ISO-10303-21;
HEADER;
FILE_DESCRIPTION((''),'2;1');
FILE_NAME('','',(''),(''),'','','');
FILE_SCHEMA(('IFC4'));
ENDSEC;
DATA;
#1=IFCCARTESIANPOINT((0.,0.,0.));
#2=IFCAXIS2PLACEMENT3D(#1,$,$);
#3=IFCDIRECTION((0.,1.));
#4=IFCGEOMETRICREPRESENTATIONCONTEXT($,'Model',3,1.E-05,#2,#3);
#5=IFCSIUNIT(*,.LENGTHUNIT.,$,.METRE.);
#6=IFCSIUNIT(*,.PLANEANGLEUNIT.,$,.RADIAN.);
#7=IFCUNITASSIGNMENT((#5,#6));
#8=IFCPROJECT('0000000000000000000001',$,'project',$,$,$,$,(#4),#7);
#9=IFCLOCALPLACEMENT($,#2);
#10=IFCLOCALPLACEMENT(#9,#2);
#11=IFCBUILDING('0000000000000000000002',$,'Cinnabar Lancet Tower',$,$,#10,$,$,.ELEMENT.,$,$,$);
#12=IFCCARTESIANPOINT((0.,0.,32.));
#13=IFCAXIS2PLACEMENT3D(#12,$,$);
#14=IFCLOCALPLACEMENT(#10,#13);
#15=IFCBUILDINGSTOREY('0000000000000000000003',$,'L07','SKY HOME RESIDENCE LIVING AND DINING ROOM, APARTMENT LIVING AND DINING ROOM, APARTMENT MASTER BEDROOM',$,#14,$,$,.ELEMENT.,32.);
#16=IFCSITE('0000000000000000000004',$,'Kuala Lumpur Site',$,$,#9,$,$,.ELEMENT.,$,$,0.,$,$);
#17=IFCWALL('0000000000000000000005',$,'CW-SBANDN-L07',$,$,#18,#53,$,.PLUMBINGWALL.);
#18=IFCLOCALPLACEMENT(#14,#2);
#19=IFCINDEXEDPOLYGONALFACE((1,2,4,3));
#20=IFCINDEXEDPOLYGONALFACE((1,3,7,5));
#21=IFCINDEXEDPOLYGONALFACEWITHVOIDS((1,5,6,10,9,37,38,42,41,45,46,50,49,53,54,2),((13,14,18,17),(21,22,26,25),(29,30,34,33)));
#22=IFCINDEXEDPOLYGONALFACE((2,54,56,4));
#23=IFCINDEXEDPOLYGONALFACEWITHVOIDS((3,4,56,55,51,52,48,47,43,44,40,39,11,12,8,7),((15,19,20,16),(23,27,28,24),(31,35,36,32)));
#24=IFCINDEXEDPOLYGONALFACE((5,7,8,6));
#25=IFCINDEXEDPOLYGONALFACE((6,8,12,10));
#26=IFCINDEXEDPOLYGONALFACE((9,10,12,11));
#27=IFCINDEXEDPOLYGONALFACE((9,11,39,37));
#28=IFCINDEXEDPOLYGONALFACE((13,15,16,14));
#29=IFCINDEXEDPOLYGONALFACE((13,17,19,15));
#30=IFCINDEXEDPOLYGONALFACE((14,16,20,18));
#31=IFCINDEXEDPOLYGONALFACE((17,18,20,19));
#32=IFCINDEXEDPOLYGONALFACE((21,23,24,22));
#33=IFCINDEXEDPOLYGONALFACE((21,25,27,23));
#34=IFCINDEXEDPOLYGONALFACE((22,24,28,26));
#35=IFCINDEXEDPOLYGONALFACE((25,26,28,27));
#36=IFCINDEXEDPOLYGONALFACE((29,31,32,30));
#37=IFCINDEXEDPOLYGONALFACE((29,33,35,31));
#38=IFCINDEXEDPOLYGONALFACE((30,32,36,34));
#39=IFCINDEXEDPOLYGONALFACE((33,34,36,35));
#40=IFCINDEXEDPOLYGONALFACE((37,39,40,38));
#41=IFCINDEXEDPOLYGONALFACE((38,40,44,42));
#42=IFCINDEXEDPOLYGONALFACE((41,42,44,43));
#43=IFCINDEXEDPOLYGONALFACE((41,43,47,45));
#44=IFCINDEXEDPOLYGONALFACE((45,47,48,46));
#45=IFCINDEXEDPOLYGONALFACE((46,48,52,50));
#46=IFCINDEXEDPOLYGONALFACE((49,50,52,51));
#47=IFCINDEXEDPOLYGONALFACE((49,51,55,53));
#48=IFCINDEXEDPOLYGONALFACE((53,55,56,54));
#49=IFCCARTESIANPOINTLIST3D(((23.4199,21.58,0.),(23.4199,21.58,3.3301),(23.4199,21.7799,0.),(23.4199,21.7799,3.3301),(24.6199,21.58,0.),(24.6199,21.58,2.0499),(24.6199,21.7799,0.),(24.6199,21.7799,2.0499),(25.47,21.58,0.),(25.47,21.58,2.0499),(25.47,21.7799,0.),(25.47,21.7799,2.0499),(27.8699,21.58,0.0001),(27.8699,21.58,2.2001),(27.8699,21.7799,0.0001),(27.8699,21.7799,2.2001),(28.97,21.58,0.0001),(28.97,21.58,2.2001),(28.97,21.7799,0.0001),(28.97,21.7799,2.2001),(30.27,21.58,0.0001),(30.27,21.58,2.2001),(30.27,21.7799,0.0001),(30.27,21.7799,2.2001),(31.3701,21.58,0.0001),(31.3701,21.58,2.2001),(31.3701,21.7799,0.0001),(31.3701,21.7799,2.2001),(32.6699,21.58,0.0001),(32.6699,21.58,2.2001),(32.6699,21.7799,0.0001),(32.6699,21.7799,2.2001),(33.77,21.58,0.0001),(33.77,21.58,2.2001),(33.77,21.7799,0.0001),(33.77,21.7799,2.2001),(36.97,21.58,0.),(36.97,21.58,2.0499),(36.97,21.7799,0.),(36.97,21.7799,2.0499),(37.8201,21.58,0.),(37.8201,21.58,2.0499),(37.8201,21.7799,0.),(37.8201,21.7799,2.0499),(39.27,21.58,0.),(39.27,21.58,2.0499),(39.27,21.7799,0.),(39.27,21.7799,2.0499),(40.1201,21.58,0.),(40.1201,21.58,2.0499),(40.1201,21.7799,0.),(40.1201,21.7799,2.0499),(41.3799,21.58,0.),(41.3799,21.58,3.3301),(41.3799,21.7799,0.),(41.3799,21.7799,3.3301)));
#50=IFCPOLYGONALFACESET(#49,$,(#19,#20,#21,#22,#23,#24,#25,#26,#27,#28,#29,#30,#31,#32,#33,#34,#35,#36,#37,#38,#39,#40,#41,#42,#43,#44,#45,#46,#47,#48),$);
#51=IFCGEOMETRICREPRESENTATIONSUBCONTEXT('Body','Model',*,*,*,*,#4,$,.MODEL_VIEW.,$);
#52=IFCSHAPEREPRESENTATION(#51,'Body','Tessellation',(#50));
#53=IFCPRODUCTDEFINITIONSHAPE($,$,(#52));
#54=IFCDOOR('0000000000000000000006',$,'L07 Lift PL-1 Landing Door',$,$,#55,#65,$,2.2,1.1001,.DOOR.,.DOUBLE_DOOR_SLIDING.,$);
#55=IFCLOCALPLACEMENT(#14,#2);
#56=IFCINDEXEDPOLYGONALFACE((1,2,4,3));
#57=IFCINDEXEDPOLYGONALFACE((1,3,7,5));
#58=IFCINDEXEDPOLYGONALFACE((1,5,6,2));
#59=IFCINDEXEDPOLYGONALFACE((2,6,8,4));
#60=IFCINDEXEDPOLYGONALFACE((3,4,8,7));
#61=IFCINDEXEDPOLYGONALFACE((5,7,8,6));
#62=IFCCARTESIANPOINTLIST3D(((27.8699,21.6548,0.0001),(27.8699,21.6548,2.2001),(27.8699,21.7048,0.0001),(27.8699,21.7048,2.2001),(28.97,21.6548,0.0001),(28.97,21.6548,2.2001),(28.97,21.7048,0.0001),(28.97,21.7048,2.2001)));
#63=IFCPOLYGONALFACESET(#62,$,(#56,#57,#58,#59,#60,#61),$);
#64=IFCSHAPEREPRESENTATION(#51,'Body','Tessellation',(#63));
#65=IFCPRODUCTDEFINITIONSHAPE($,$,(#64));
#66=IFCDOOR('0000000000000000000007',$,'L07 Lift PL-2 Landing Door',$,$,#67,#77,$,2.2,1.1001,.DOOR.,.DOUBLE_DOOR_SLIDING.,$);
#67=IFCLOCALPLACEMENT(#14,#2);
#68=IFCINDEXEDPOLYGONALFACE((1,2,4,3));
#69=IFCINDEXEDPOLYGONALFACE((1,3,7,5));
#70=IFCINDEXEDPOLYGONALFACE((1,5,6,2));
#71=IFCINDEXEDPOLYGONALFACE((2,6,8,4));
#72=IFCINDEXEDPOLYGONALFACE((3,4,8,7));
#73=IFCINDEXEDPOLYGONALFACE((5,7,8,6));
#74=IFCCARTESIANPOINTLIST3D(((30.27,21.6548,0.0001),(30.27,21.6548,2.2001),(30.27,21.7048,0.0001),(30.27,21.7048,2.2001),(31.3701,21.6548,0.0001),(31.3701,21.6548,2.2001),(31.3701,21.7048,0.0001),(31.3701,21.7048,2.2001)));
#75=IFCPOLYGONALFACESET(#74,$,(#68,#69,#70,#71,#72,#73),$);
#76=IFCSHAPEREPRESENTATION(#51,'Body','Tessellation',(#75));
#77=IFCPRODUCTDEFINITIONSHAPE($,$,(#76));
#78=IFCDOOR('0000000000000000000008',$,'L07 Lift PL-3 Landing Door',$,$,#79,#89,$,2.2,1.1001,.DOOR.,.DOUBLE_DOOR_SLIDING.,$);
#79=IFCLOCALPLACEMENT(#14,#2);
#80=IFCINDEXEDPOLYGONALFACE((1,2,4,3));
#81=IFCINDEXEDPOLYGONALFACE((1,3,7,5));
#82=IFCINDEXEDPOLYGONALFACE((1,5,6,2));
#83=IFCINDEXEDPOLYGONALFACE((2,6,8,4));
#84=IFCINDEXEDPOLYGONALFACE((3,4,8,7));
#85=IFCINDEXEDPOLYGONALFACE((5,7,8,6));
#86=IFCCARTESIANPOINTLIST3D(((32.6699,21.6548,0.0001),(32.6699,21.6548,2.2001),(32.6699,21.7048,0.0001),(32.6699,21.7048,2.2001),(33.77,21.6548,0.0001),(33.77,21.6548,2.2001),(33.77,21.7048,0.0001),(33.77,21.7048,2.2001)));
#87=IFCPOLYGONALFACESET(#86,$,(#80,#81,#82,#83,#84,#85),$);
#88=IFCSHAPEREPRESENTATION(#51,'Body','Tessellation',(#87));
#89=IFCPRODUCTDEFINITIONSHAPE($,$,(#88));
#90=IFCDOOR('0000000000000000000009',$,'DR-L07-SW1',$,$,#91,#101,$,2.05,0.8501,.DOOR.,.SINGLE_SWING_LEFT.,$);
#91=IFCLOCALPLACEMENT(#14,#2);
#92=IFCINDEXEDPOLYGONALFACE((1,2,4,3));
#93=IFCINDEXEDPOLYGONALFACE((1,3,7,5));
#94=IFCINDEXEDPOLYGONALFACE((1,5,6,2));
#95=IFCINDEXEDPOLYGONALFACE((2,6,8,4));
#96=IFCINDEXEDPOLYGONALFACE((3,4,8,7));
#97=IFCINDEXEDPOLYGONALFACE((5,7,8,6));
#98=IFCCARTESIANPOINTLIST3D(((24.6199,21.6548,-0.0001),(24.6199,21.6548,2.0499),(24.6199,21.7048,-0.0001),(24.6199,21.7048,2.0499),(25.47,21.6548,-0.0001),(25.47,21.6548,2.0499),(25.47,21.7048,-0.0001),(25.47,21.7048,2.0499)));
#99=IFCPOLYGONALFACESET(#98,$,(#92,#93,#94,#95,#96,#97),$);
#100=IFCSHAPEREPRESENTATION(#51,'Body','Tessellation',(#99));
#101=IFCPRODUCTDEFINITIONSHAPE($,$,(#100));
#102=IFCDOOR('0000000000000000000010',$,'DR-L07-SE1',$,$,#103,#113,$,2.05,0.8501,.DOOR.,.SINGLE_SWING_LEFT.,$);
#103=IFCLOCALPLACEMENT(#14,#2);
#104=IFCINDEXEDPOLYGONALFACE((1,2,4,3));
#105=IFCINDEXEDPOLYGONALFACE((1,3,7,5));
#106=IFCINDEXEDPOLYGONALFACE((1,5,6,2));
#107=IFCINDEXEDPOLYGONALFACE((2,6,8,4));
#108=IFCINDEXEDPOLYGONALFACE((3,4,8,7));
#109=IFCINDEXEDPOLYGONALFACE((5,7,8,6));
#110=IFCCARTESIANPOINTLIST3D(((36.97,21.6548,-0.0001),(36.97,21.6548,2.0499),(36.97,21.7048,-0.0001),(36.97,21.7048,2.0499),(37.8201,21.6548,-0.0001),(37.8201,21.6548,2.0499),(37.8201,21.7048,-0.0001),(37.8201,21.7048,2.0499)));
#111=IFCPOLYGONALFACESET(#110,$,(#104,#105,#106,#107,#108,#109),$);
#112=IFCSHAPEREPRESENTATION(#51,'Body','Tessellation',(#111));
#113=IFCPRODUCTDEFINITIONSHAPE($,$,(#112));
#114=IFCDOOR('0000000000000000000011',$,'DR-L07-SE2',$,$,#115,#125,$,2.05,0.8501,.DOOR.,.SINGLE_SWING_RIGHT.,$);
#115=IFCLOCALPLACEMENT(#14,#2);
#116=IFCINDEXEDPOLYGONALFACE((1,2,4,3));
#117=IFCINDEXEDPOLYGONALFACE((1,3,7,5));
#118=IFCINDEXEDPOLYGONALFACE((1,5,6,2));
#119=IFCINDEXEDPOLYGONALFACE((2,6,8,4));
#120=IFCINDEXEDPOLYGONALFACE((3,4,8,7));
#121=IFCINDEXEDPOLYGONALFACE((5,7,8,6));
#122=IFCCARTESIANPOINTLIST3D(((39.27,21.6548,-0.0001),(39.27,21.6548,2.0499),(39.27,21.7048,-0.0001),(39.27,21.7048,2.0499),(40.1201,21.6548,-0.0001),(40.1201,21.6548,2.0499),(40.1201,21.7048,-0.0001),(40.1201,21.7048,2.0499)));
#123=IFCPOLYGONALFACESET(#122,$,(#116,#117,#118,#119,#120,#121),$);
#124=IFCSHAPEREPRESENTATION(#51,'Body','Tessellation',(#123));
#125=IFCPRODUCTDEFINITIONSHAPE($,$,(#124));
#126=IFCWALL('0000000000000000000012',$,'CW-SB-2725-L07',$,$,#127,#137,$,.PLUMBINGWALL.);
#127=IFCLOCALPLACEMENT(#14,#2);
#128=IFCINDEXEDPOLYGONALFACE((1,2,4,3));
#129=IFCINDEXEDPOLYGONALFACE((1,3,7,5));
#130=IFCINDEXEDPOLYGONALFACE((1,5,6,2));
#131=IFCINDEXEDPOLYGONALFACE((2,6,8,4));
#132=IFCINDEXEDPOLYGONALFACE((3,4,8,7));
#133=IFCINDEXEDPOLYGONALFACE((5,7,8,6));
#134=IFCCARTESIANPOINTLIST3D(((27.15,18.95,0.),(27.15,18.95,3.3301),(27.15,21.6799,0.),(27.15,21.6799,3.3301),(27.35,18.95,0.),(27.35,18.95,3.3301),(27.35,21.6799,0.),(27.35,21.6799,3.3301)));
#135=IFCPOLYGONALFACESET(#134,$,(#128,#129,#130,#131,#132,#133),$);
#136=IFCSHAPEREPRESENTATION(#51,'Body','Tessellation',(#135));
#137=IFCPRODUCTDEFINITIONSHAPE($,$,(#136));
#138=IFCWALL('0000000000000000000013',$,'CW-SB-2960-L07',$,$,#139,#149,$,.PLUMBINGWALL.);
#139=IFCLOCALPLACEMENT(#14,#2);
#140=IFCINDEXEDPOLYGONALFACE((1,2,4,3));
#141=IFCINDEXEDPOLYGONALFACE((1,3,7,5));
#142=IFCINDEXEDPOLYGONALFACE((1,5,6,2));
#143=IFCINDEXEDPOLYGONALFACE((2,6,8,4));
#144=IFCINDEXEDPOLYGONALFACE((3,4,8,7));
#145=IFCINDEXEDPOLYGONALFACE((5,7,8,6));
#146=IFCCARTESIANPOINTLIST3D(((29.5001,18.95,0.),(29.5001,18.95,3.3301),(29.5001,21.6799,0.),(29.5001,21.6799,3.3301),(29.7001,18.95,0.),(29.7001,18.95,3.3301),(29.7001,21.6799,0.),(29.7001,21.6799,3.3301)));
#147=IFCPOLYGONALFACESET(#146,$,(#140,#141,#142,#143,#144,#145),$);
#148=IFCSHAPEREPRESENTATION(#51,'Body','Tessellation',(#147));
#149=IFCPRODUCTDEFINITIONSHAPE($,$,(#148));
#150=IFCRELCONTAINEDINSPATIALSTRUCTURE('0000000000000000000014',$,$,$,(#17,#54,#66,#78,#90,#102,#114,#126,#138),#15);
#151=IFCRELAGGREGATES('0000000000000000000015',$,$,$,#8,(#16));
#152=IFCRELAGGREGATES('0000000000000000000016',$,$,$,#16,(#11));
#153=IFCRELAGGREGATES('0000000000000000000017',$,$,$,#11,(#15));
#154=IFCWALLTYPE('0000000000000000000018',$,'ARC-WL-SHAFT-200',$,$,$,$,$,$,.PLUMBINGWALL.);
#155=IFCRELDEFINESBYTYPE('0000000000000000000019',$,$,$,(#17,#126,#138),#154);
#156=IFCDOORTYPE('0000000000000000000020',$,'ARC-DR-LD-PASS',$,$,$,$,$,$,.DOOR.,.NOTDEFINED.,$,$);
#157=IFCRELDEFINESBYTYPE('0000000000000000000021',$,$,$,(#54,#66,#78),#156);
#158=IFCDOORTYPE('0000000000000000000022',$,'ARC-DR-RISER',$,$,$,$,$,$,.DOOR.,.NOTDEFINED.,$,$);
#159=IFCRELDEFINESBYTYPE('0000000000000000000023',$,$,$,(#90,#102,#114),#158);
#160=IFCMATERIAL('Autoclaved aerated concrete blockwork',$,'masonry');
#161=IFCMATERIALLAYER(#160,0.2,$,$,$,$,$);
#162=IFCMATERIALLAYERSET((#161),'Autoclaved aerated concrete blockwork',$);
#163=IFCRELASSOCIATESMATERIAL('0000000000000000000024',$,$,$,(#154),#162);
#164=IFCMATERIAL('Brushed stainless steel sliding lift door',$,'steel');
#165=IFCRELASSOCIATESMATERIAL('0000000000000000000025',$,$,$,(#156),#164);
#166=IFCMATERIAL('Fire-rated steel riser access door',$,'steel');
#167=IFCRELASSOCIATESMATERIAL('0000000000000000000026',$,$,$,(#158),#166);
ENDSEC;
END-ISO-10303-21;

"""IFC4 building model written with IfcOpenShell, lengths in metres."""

from ifc_helpers import new_model, si_unit, direction, frame, frame_2d, origin, place, context, subcontext, project, spatial, rectangle, extrude, material, layer, layer_set, type_object, element, fill, save


model = new_model("IFC4")

# Units and contexts
model_context = context("Model", 3, precision=1e-05, world=origin(), true_north=direction((0.0, 1.0)))
body_context = subcontext(model_context, "Body", "Model", "MODEL_VIEW")
ifc_project = project(units=[si_unit("LENGTHUNIT", "METRE"), si_unit("PLANEANGLEUNIT", "RADIAN")], contexts=[model_context])

# Site, building, storey
site_placement = place(None, origin())
site = spatial("IfcSite", under=ifc_project, at=site_placement, Name="Kuala Lumpur Site", CompositionType="ELEMENT", RefElevation=0.0)
building_placement = place(site_placement, origin())
building = spatial("IfcBuilding", under=site, at=building_placement, Name="Cinnabar Lancet Tower", CompositionType="ELEMENT")
storey_placement = place(building_placement, frame((0.0, 0.0, 32.0)))
storey = spatial("IfcBuildingStorey", under=building, at=storey_placement, Name="L07", Description="SKY HOME RESIDENCE LIVING AND DINING ROOM, APARTMENT LIVING AND DINING ROOM, APARTMENT MASTER BEDROOM", CompositionType="ELEMENT", Elevation=32.0)

# Shared definitions
ifc_material_1 = material(Name="Autoclaved aerated concrete blockwork", Category="masonry")
ifc_layer_1 = layer(ifc_material_1, 0.2)
ifc_layer_set_1 = layer_set([ifc_layer_1], Name="Autoclaved aerated concrete blockwork")
wall_type_1 = type_object("IfcWallType", Name="ARC-WL-SHAFT-200", PredefinedType="PLUMBINGWALL", material=ifc_layer_set_1)

# Wall, openings, doors
wall_1_placement = place(storey_placement, frame((23.4199, 21.6799, 0.0), z_axis=(0.0, 0.0, 1.0), x_axis=(1.0, 0.0, 0.0)))
wall_1 = element("IfcWall", 1, at=wall_1_placement, inside=storey, type_object=wall_type_1, Name="CW-SBANDN-L07", PredefinedType="PLUMBINGWALL", context=body_context, shape_type="SweptSolid", body=[
    extrude(rectangle(XDim=17.96, YDim=0.2, at=frame_2d((8.98, 0.0))), origin(), (0.0, 0.0, 1.0), 3.3301),
])
opening_1_placement = place(wall_1_placement, frame((4.45, 0.0, 0.0)))
opening_1 = element("IfcOpeningElement", 2, at=opening_1_placement, cuts=wall_1, PredefinedType="OPENING", context=body_context, shape_type="SweptSolid", body=[
    extrude(rectangle(XDim=1.1001, YDim=2.2, at=frame_2d((0.55, 1.1001))), frame((0.0, 0.1099, 0.0), z_axis=(0.0, -1.0, 0.0), x_axis=(1.0, 0.0, 0.0)), (0.0, 0.0, 1.0), 0.22),
])
opening_2_placement = place(wall_1_placement, frame((6.8501, 0.0, 0.0)))
opening_2 = element("IfcOpeningElement", 3, at=opening_2_placement, cuts=wall_1, PredefinedType="OPENING", context=body_context, shape_type="SweptSolid", body=[
    extrude(rectangle(XDim=1.1001, YDim=2.2, at=frame_2d((0.55, 1.1001))), frame((0.0, 0.1099, 0.0), z_axis=(0.0, -1.0, 0.0), x_axis=(1.0, 0.0, 0.0)), (0.0, 0.0, 1.0), 0.22),
])
opening_3_placement = place(wall_1_placement, frame((9.25, 0.0, 0.0)))
opening_3 = element("IfcOpeningElement", 4, at=opening_3_placement, cuts=wall_1, PredefinedType="OPENING", context=body_context, shape_type="SweptSolid", body=[
    extrude(rectangle(XDim=1.1001, YDim=2.2, at=frame_2d((0.55, 1.1001))), frame((0.0, 0.1099, 0.0), z_axis=(0.0, -1.0, 0.0), x_axis=(1.0, 0.0, 0.0)), (0.0, 0.0, 1.0), 0.22),
])
opening_4_placement = place(wall_1_placement, frame((1.2, 0.0, 0.0)))
opening_4 = element("IfcOpeningElement", 5, at=opening_4_placement, cuts=wall_1, PredefinedType="OPENING", context=body_context, shape_type="SweptSolid", body=[
    extrude(rectangle(XDim=0.8501, YDim=2.05, at=frame_2d((0.425, 1.0249))), frame((0.0, 0.1099, 0.0), z_axis=(0.0, -1.0, 0.0), x_axis=(1.0, 0.0, 0.0)), (0.0, 0.0, 1.0), 0.22),
])
opening_5_placement = place(wall_1_placement, frame((13.55, 0.0, 0.0)))
opening_5 = element("IfcOpeningElement", 6, at=opening_5_placement, cuts=wall_1, PredefinedType="OPENING", context=body_context, shape_type="SweptSolid", body=[
    extrude(rectangle(XDim=0.8501, YDim=2.05, at=frame_2d((0.425, 1.0249))), frame((0.0, 0.1099, 0.0), z_axis=(0.0, -1.0, 0.0), x_axis=(1.0, 0.0, 0.0)), (0.0, 0.0, 1.0), 0.22),
])
opening_6_placement = place(wall_1_placement, frame((15.8501, 0.0, 0.0)))
opening_6 = element("IfcOpeningElement", 7, at=opening_6_placement, cuts=wall_1, PredefinedType="OPENING", context=body_context, shape_type="SweptSolid", body=[
    extrude(rectangle(XDim=0.8501, YDim=2.05, at=frame_2d((0.425, 1.0249))), frame((0.0, 0.1099, 0.0), z_axis=(0.0, -1.0, 0.0), x_axis=(1.0, 0.0, 0.0)), (0.0, 0.0, 1.0), 0.22),
])
ifc_material_2 = material(Name="Brushed stainless steel sliding lift door", Category="steel")
door_type_1 = type_object("IfcDoorType", Name="ARC-DR-LD-PASS", OperationType="NOTDEFINED", PredefinedType="DOOR", material=ifc_material_2)
door_1_placement = place(opening_1_placement, origin())
door_1 = element("IfcDoor", 8, at=door_1_placement, inside=storey, type_object=door_type_1, Name="L07 Lift PL-1 Landing Door", OperationType="DOUBLE_DOOR_SLIDING", OverallHeight=2.2, OverallWidth=1.1001, PredefinedType="DOOR", context=body_context, shape_type="SweptSolid", body=[
    extrude(rectangle(XDim=1.1001, YDim=2.2, at=frame_2d((0.55, 1.1001))), frame((0.0, 0.0249, 0.0), z_axis=(0.0, -1.0, 0.0), x_axis=(1.0, 0.0, 0.0)), (0.0, 0.0, 1.0), 0.05),
])
fill(opening_1, door_1)
door_2_placement = place(opening_2_placement, origin())
door_2 = element("IfcDoor", 9, at=door_2_placement, inside=storey, type_object=door_type_1, Name="L07 Lift PL-2 Landing Door", OperationType="DOUBLE_DOOR_SLIDING", OverallHeight=2.2, OverallWidth=1.1001, PredefinedType="DOOR", context=body_context, shape_type="SweptSolid", body=[
    extrude(rectangle(XDim=1.1001, YDim=2.2, at=frame_2d((0.55, 1.1001))), frame((0.0, 0.0249, 0.0), z_axis=(0.0, -1.0, 0.0), x_axis=(1.0, 0.0, 0.0)), (0.0, 0.0, 1.0), 0.05),
])
fill(opening_2, door_2)
door_3_placement = place(opening_3_placement, origin())
door_3 = element("IfcDoor", 10, at=door_3_placement, inside=storey, type_object=door_type_1, Name="L07 Lift PL-3 Landing Door", OperationType="DOUBLE_DOOR_SLIDING", OverallHeight=2.2, OverallWidth=1.1001, PredefinedType="DOOR", context=body_context, shape_type="SweptSolid", body=[
    extrude(rectangle(XDim=1.1001, YDim=2.2, at=frame_2d((0.55, 1.1001))), frame((0.0, 0.0249, 0.0), z_axis=(0.0, -1.0, 0.0), x_axis=(1.0, 0.0, 0.0)), (0.0, 0.0, 1.0), 0.05),
])
fill(opening_3, door_3)
ifc_material_3 = material(Name="Fire-rated steel riser access door", Category="steel")
door_type_2 = type_object("IfcDoorType", Name="ARC-DR-RISER", OperationType="NOTDEFINED", PredefinedType="DOOR", material=ifc_material_3)
door_4_placement = place(opening_4_placement, origin())
door_4 = element("IfcDoor", 11, at=door_4_placement, inside=storey, type_object=door_type_2, Name="DR-L07-SW1", OperationType="SINGLE_SWING_LEFT", OverallHeight=2.05, OverallWidth=0.8501, PredefinedType="DOOR", context=body_context, shape_type="SweptSolid", body=[
    extrude(rectangle(XDim=0.8501, YDim=2.05, at=frame_2d((0.425, 1.0249))), frame((0.0, 0.0249, 0.0), z_axis=(0.0, -1.0, 0.0), x_axis=(1.0, 0.0, 0.0)), (0.0, 0.0, 1.0), 0.05),
])
fill(opening_4, door_4)
door_5_placement = place(opening_5_placement, origin())
door_5 = element("IfcDoor", 12, at=door_5_placement, inside=storey, type_object=door_type_2, Name="DR-L07-SE1", OperationType="SINGLE_SWING_LEFT", OverallHeight=2.05, OverallWidth=0.8501, PredefinedType="DOOR", context=body_context, shape_type="SweptSolid", body=[
    extrude(rectangle(XDim=0.8501, YDim=2.05, at=frame_2d((0.425, 1.0249))), frame((0.0, 0.0249, 0.0), z_axis=(0.0, -1.0, 0.0), x_axis=(1.0, 0.0, 0.0)), (0.0, 0.0, 1.0), 0.05),
])
fill(opening_5, door_5)
door_6_placement = place(opening_6_placement, origin())
door_6 = element("IfcDoor", 13, at=door_6_placement, inside=storey, type_object=door_type_2, Name="DR-L07-SE2", OperationType="SINGLE_SWING_RIGHT", OverallHeight=2.05, OverallWidth=0.8501, PredefinedType="DOOR", context=body_context, shape_type="SweptSolid", body=[
    extrude(rectangle(XDim=0.8501, YDim=2.05, at=frame_2d((0.425, 1.0249))), frame((0.0, 0.0249, 0.0), z_axis=(0.0, -1.0, 0.0), x_axis=(1.0, 0.0, 0.0)), (0.0, 0.0, 1.0), 0.05),
])
fill(opening_6, door_6)

# Walls
for number, where, z_axis, x_axis, name in (
    (14, (27.25, 18.95, 0.0), (0.0, 0.0, 1.0), (0.0, 1.0, 0.0), "CW-SB-2725-L07"),
    (15, (29.6001, 18.95, 0.0), (0.0, 0.0, 1.0), (0.0, 1.0, 0.0), "CW-SB-2960-L07"),
):
    element("IfcWall", number, at=place(storey_placement, frame(where, z_axis=z_axis, x_axis=x_axis)), inside=storey, type_object=wall_type_1, Name=name, PredefinedType="PLUMBINGWALL", context=body_context, shape_type="SweptSolid", body=[
        extrude(rectangle(XDim=2.73, YDim=0.2, at=frame_2d((1.365, 0.0))), origin(), (0.0, 0.0, 1.0), 3.3301),
    ])

save(model, "model.ifc")
